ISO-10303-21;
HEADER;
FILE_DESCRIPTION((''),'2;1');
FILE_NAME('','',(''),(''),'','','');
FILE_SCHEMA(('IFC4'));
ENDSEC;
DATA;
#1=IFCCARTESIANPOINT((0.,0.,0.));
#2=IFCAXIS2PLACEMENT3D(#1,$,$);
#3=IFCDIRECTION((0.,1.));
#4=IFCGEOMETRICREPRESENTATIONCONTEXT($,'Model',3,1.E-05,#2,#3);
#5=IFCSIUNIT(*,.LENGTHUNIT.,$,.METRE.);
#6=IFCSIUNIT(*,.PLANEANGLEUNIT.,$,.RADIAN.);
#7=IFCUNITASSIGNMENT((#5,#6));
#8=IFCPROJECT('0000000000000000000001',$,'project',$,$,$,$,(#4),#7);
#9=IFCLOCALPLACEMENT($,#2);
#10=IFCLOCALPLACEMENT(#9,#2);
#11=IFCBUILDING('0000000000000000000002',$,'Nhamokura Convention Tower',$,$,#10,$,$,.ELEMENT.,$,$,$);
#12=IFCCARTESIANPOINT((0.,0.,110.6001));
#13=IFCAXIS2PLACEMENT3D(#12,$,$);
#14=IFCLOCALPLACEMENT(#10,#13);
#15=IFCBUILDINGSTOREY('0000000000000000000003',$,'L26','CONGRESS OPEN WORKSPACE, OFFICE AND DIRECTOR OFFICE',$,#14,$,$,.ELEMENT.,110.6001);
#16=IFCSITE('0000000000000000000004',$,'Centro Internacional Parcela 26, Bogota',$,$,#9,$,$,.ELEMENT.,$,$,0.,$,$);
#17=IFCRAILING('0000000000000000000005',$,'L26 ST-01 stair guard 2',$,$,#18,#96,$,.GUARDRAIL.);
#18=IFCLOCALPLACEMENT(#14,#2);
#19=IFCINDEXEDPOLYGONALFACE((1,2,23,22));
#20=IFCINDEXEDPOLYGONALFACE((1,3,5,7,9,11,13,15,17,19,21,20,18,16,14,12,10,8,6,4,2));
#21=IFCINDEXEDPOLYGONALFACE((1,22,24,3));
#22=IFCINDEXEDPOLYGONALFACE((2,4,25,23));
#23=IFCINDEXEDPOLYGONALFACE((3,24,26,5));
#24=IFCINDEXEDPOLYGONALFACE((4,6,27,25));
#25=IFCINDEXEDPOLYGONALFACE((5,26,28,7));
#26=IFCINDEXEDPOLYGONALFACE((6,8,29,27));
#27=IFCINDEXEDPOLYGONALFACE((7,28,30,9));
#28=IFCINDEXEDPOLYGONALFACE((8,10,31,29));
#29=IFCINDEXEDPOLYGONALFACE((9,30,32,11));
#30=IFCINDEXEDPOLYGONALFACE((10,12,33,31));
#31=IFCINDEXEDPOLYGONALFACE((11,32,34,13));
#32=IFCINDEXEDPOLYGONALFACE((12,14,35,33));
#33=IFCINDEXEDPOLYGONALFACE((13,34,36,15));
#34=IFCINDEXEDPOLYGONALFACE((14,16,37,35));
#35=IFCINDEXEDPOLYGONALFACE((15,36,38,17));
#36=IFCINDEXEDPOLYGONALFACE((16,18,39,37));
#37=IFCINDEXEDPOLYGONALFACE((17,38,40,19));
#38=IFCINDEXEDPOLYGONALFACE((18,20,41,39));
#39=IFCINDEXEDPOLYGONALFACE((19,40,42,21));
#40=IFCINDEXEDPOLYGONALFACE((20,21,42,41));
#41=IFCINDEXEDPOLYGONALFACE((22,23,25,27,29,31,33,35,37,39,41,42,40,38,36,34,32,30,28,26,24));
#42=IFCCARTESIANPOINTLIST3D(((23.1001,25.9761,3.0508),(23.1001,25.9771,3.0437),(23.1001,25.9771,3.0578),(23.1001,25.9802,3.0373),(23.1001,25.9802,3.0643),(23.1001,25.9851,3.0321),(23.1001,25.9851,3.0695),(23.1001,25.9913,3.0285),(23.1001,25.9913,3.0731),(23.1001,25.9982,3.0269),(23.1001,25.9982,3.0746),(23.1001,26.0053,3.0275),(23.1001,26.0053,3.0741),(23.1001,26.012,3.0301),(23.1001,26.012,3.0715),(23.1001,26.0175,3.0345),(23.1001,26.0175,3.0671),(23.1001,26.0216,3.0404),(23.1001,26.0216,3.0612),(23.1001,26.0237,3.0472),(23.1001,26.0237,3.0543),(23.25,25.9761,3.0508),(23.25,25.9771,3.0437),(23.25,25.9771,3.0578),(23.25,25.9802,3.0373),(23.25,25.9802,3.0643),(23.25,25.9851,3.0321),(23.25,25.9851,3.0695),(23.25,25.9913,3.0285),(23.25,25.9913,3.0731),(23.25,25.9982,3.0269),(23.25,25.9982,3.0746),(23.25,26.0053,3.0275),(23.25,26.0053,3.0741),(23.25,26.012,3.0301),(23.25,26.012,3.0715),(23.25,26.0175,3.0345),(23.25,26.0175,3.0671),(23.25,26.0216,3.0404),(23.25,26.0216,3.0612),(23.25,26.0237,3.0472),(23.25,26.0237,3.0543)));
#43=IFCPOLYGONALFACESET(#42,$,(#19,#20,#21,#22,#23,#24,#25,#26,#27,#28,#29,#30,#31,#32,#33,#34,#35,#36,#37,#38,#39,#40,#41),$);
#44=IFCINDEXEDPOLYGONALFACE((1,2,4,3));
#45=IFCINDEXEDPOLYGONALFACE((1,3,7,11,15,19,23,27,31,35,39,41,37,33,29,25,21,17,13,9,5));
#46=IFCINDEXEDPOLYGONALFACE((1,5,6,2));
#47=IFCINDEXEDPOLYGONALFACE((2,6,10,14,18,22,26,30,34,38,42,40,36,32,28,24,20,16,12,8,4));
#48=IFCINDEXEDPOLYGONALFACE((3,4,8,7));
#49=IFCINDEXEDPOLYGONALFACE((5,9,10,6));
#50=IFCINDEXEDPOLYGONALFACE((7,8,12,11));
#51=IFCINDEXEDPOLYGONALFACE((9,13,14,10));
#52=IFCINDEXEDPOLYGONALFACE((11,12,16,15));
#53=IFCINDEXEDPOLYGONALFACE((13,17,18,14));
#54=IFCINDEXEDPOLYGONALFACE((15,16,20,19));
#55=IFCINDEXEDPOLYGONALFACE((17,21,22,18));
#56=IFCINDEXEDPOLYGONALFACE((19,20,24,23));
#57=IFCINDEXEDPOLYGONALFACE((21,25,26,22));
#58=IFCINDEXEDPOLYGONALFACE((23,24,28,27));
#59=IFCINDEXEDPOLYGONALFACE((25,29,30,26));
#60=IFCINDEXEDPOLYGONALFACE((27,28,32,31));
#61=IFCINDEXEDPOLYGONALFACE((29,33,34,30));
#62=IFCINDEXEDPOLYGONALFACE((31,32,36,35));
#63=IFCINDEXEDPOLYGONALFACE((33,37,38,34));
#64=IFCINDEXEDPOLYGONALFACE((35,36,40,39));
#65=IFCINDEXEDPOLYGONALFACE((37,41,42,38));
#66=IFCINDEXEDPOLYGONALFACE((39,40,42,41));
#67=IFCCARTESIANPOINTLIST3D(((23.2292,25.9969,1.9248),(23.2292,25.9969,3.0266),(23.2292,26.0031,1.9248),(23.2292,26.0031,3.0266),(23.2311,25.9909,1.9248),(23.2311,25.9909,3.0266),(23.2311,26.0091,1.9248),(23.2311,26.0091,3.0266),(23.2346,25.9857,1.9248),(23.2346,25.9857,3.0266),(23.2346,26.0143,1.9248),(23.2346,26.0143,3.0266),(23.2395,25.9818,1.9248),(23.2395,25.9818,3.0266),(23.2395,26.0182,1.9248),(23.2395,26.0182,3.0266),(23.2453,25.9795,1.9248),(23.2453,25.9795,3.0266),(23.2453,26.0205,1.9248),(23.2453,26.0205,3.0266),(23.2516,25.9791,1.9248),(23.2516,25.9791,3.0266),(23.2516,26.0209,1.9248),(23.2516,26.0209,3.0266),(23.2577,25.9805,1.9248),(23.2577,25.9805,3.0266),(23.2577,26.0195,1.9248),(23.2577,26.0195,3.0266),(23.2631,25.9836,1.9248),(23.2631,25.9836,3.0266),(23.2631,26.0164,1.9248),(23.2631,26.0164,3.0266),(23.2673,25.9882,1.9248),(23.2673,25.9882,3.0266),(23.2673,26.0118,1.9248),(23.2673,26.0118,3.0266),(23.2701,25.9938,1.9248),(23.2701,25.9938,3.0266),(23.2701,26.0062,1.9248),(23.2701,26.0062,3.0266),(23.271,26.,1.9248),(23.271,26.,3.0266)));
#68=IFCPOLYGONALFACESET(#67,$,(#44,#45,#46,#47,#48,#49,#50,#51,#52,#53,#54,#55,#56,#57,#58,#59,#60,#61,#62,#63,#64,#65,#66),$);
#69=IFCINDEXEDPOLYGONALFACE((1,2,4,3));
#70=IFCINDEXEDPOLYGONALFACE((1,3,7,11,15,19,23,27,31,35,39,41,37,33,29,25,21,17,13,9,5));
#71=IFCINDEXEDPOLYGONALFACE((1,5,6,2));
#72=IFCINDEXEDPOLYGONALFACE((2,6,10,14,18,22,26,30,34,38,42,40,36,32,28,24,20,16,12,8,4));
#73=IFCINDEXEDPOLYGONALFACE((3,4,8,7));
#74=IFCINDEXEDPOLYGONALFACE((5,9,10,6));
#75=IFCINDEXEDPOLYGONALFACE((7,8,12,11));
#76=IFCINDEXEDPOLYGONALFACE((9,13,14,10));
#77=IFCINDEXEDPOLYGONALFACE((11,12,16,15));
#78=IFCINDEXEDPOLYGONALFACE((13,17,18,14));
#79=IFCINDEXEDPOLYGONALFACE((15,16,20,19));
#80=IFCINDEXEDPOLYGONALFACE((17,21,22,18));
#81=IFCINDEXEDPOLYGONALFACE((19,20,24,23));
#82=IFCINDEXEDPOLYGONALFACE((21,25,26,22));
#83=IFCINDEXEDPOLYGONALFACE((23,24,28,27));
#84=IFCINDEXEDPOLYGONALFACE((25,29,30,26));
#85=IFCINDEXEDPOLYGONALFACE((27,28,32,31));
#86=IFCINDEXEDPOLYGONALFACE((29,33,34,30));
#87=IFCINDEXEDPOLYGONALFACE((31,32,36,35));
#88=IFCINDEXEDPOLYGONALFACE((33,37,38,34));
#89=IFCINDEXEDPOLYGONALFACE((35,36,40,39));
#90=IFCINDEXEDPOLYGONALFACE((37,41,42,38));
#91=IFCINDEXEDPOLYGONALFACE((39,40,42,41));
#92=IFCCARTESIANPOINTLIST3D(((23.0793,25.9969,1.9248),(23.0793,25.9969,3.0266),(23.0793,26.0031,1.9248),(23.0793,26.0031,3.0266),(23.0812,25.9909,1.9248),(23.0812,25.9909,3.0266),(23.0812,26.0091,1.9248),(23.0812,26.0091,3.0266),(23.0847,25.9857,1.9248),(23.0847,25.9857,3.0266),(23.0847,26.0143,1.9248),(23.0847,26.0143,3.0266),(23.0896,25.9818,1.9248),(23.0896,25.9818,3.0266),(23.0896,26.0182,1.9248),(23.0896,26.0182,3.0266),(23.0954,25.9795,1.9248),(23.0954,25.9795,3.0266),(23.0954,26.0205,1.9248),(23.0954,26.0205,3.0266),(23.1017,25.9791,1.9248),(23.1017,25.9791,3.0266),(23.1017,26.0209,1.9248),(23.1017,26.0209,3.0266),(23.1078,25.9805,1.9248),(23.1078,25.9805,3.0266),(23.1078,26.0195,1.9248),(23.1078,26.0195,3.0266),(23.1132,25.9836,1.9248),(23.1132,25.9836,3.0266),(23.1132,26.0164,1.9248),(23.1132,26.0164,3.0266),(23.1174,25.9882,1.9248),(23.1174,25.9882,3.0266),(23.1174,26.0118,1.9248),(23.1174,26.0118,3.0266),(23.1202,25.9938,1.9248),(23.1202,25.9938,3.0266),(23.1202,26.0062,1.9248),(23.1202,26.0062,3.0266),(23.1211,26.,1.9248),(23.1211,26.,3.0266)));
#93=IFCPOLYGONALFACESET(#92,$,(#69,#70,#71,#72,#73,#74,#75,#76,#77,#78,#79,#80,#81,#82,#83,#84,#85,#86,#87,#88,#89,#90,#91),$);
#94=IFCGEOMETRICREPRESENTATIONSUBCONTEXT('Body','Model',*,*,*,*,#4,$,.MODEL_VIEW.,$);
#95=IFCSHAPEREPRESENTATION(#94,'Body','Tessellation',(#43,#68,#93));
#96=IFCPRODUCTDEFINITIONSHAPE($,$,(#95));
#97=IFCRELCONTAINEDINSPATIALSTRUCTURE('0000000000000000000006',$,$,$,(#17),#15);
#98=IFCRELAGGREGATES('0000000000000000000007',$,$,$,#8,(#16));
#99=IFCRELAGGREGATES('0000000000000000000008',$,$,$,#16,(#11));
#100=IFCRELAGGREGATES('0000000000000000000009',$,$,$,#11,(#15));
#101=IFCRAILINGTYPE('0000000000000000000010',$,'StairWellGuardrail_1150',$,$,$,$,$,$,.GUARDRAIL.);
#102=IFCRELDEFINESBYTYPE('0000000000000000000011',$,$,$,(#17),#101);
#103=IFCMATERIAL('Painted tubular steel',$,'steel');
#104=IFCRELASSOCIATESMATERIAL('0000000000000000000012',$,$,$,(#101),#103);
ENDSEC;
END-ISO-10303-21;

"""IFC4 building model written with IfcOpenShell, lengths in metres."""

from ifc_helpers import new_model, si_unit, direction, frame, origin, origin_2d, place, context, subcontext, project, spatial, circle, extrude, material, type_object, element, save


model = new_model("IFC4")

# Units and contexts
model_context = context("Model", 3, precision=1e-05, world=origin(), true_north=direction((0.0, 1.0)))
body_context = subcontext(model_context, "Body", "Model", "MODEL_VIEW")
ifc_project = project(units=[si_unit("LENGTHUNIT", "METRE"), si_unit("PLANEANGLEUNIT", "RADIAN")], contexts=[model_context])

# Site, building, storey
site_placement = place(None, origin())
site = spatial("IfcSite", under=ifc_project, at=site_placement, Name="Centro Internacional Parcela 26, Bogota", CompositionType="ELEMENT", RefElevation=0.0)
building_placement = place(site_placement, origin())
building = spatial("IfcBuilding", under=site, at=building_placement, Name="Nhamokura Convention Tower", CompositionType="ELEMENT")
storey_placement = place(building_placement, frame((0.0, 0.0, 110.6001)))
storey = spatial("IfcBuildingStorey", under=building, at=storey_placement, Name="L26", Description="CONGRESS OPEN WORKSPACE, OFFICE AND DIRECTOR OFFICE", CompositionType="ELEMENT", Elevation=110.6001)

# Railing
ifc_material_1 = material(Name="Painted tubular steel", Category="steel")
railing_type_1 = type_object("IfcRailingType", Name="StairWellGuardrail_1150", PredefinedType="GUARDRAIL", material=ifc_material_1)
railing_1_placement = place(storey_placement, frame((23.25, 26.0, 1.9248)))
element("IfcRailing", 1, at=railing_1_placement, inside=storey, type_object=railing_type_1, Name="L26 ST-01 stair guard 2", PredefinedType="GUARDRAIL", context=body_context, shape_type="SweptSolid", body=[
    extrude(circle(Radius=0.0239, at=origin_2d()), frame((0.0, 0.0, 1.126), z_axis=(-1.0, 0.0, 0.0), x_axis=(0.0, -1.0, 0.0)), (0.0, 0.0, 1.0), 0.1499),
    extrude(circle(Radius=0.021, at=origin_2d()), origin(), (0.0, 0.0, 1.0), 1.1018),
    extrude(circle(Radius=0.021, at=origin_2d()), frame((-0.1499, 0.0, 0.0)), (0.0, 0.0, 1.0), 1.1018),
])

save(model, "model.ifc")
